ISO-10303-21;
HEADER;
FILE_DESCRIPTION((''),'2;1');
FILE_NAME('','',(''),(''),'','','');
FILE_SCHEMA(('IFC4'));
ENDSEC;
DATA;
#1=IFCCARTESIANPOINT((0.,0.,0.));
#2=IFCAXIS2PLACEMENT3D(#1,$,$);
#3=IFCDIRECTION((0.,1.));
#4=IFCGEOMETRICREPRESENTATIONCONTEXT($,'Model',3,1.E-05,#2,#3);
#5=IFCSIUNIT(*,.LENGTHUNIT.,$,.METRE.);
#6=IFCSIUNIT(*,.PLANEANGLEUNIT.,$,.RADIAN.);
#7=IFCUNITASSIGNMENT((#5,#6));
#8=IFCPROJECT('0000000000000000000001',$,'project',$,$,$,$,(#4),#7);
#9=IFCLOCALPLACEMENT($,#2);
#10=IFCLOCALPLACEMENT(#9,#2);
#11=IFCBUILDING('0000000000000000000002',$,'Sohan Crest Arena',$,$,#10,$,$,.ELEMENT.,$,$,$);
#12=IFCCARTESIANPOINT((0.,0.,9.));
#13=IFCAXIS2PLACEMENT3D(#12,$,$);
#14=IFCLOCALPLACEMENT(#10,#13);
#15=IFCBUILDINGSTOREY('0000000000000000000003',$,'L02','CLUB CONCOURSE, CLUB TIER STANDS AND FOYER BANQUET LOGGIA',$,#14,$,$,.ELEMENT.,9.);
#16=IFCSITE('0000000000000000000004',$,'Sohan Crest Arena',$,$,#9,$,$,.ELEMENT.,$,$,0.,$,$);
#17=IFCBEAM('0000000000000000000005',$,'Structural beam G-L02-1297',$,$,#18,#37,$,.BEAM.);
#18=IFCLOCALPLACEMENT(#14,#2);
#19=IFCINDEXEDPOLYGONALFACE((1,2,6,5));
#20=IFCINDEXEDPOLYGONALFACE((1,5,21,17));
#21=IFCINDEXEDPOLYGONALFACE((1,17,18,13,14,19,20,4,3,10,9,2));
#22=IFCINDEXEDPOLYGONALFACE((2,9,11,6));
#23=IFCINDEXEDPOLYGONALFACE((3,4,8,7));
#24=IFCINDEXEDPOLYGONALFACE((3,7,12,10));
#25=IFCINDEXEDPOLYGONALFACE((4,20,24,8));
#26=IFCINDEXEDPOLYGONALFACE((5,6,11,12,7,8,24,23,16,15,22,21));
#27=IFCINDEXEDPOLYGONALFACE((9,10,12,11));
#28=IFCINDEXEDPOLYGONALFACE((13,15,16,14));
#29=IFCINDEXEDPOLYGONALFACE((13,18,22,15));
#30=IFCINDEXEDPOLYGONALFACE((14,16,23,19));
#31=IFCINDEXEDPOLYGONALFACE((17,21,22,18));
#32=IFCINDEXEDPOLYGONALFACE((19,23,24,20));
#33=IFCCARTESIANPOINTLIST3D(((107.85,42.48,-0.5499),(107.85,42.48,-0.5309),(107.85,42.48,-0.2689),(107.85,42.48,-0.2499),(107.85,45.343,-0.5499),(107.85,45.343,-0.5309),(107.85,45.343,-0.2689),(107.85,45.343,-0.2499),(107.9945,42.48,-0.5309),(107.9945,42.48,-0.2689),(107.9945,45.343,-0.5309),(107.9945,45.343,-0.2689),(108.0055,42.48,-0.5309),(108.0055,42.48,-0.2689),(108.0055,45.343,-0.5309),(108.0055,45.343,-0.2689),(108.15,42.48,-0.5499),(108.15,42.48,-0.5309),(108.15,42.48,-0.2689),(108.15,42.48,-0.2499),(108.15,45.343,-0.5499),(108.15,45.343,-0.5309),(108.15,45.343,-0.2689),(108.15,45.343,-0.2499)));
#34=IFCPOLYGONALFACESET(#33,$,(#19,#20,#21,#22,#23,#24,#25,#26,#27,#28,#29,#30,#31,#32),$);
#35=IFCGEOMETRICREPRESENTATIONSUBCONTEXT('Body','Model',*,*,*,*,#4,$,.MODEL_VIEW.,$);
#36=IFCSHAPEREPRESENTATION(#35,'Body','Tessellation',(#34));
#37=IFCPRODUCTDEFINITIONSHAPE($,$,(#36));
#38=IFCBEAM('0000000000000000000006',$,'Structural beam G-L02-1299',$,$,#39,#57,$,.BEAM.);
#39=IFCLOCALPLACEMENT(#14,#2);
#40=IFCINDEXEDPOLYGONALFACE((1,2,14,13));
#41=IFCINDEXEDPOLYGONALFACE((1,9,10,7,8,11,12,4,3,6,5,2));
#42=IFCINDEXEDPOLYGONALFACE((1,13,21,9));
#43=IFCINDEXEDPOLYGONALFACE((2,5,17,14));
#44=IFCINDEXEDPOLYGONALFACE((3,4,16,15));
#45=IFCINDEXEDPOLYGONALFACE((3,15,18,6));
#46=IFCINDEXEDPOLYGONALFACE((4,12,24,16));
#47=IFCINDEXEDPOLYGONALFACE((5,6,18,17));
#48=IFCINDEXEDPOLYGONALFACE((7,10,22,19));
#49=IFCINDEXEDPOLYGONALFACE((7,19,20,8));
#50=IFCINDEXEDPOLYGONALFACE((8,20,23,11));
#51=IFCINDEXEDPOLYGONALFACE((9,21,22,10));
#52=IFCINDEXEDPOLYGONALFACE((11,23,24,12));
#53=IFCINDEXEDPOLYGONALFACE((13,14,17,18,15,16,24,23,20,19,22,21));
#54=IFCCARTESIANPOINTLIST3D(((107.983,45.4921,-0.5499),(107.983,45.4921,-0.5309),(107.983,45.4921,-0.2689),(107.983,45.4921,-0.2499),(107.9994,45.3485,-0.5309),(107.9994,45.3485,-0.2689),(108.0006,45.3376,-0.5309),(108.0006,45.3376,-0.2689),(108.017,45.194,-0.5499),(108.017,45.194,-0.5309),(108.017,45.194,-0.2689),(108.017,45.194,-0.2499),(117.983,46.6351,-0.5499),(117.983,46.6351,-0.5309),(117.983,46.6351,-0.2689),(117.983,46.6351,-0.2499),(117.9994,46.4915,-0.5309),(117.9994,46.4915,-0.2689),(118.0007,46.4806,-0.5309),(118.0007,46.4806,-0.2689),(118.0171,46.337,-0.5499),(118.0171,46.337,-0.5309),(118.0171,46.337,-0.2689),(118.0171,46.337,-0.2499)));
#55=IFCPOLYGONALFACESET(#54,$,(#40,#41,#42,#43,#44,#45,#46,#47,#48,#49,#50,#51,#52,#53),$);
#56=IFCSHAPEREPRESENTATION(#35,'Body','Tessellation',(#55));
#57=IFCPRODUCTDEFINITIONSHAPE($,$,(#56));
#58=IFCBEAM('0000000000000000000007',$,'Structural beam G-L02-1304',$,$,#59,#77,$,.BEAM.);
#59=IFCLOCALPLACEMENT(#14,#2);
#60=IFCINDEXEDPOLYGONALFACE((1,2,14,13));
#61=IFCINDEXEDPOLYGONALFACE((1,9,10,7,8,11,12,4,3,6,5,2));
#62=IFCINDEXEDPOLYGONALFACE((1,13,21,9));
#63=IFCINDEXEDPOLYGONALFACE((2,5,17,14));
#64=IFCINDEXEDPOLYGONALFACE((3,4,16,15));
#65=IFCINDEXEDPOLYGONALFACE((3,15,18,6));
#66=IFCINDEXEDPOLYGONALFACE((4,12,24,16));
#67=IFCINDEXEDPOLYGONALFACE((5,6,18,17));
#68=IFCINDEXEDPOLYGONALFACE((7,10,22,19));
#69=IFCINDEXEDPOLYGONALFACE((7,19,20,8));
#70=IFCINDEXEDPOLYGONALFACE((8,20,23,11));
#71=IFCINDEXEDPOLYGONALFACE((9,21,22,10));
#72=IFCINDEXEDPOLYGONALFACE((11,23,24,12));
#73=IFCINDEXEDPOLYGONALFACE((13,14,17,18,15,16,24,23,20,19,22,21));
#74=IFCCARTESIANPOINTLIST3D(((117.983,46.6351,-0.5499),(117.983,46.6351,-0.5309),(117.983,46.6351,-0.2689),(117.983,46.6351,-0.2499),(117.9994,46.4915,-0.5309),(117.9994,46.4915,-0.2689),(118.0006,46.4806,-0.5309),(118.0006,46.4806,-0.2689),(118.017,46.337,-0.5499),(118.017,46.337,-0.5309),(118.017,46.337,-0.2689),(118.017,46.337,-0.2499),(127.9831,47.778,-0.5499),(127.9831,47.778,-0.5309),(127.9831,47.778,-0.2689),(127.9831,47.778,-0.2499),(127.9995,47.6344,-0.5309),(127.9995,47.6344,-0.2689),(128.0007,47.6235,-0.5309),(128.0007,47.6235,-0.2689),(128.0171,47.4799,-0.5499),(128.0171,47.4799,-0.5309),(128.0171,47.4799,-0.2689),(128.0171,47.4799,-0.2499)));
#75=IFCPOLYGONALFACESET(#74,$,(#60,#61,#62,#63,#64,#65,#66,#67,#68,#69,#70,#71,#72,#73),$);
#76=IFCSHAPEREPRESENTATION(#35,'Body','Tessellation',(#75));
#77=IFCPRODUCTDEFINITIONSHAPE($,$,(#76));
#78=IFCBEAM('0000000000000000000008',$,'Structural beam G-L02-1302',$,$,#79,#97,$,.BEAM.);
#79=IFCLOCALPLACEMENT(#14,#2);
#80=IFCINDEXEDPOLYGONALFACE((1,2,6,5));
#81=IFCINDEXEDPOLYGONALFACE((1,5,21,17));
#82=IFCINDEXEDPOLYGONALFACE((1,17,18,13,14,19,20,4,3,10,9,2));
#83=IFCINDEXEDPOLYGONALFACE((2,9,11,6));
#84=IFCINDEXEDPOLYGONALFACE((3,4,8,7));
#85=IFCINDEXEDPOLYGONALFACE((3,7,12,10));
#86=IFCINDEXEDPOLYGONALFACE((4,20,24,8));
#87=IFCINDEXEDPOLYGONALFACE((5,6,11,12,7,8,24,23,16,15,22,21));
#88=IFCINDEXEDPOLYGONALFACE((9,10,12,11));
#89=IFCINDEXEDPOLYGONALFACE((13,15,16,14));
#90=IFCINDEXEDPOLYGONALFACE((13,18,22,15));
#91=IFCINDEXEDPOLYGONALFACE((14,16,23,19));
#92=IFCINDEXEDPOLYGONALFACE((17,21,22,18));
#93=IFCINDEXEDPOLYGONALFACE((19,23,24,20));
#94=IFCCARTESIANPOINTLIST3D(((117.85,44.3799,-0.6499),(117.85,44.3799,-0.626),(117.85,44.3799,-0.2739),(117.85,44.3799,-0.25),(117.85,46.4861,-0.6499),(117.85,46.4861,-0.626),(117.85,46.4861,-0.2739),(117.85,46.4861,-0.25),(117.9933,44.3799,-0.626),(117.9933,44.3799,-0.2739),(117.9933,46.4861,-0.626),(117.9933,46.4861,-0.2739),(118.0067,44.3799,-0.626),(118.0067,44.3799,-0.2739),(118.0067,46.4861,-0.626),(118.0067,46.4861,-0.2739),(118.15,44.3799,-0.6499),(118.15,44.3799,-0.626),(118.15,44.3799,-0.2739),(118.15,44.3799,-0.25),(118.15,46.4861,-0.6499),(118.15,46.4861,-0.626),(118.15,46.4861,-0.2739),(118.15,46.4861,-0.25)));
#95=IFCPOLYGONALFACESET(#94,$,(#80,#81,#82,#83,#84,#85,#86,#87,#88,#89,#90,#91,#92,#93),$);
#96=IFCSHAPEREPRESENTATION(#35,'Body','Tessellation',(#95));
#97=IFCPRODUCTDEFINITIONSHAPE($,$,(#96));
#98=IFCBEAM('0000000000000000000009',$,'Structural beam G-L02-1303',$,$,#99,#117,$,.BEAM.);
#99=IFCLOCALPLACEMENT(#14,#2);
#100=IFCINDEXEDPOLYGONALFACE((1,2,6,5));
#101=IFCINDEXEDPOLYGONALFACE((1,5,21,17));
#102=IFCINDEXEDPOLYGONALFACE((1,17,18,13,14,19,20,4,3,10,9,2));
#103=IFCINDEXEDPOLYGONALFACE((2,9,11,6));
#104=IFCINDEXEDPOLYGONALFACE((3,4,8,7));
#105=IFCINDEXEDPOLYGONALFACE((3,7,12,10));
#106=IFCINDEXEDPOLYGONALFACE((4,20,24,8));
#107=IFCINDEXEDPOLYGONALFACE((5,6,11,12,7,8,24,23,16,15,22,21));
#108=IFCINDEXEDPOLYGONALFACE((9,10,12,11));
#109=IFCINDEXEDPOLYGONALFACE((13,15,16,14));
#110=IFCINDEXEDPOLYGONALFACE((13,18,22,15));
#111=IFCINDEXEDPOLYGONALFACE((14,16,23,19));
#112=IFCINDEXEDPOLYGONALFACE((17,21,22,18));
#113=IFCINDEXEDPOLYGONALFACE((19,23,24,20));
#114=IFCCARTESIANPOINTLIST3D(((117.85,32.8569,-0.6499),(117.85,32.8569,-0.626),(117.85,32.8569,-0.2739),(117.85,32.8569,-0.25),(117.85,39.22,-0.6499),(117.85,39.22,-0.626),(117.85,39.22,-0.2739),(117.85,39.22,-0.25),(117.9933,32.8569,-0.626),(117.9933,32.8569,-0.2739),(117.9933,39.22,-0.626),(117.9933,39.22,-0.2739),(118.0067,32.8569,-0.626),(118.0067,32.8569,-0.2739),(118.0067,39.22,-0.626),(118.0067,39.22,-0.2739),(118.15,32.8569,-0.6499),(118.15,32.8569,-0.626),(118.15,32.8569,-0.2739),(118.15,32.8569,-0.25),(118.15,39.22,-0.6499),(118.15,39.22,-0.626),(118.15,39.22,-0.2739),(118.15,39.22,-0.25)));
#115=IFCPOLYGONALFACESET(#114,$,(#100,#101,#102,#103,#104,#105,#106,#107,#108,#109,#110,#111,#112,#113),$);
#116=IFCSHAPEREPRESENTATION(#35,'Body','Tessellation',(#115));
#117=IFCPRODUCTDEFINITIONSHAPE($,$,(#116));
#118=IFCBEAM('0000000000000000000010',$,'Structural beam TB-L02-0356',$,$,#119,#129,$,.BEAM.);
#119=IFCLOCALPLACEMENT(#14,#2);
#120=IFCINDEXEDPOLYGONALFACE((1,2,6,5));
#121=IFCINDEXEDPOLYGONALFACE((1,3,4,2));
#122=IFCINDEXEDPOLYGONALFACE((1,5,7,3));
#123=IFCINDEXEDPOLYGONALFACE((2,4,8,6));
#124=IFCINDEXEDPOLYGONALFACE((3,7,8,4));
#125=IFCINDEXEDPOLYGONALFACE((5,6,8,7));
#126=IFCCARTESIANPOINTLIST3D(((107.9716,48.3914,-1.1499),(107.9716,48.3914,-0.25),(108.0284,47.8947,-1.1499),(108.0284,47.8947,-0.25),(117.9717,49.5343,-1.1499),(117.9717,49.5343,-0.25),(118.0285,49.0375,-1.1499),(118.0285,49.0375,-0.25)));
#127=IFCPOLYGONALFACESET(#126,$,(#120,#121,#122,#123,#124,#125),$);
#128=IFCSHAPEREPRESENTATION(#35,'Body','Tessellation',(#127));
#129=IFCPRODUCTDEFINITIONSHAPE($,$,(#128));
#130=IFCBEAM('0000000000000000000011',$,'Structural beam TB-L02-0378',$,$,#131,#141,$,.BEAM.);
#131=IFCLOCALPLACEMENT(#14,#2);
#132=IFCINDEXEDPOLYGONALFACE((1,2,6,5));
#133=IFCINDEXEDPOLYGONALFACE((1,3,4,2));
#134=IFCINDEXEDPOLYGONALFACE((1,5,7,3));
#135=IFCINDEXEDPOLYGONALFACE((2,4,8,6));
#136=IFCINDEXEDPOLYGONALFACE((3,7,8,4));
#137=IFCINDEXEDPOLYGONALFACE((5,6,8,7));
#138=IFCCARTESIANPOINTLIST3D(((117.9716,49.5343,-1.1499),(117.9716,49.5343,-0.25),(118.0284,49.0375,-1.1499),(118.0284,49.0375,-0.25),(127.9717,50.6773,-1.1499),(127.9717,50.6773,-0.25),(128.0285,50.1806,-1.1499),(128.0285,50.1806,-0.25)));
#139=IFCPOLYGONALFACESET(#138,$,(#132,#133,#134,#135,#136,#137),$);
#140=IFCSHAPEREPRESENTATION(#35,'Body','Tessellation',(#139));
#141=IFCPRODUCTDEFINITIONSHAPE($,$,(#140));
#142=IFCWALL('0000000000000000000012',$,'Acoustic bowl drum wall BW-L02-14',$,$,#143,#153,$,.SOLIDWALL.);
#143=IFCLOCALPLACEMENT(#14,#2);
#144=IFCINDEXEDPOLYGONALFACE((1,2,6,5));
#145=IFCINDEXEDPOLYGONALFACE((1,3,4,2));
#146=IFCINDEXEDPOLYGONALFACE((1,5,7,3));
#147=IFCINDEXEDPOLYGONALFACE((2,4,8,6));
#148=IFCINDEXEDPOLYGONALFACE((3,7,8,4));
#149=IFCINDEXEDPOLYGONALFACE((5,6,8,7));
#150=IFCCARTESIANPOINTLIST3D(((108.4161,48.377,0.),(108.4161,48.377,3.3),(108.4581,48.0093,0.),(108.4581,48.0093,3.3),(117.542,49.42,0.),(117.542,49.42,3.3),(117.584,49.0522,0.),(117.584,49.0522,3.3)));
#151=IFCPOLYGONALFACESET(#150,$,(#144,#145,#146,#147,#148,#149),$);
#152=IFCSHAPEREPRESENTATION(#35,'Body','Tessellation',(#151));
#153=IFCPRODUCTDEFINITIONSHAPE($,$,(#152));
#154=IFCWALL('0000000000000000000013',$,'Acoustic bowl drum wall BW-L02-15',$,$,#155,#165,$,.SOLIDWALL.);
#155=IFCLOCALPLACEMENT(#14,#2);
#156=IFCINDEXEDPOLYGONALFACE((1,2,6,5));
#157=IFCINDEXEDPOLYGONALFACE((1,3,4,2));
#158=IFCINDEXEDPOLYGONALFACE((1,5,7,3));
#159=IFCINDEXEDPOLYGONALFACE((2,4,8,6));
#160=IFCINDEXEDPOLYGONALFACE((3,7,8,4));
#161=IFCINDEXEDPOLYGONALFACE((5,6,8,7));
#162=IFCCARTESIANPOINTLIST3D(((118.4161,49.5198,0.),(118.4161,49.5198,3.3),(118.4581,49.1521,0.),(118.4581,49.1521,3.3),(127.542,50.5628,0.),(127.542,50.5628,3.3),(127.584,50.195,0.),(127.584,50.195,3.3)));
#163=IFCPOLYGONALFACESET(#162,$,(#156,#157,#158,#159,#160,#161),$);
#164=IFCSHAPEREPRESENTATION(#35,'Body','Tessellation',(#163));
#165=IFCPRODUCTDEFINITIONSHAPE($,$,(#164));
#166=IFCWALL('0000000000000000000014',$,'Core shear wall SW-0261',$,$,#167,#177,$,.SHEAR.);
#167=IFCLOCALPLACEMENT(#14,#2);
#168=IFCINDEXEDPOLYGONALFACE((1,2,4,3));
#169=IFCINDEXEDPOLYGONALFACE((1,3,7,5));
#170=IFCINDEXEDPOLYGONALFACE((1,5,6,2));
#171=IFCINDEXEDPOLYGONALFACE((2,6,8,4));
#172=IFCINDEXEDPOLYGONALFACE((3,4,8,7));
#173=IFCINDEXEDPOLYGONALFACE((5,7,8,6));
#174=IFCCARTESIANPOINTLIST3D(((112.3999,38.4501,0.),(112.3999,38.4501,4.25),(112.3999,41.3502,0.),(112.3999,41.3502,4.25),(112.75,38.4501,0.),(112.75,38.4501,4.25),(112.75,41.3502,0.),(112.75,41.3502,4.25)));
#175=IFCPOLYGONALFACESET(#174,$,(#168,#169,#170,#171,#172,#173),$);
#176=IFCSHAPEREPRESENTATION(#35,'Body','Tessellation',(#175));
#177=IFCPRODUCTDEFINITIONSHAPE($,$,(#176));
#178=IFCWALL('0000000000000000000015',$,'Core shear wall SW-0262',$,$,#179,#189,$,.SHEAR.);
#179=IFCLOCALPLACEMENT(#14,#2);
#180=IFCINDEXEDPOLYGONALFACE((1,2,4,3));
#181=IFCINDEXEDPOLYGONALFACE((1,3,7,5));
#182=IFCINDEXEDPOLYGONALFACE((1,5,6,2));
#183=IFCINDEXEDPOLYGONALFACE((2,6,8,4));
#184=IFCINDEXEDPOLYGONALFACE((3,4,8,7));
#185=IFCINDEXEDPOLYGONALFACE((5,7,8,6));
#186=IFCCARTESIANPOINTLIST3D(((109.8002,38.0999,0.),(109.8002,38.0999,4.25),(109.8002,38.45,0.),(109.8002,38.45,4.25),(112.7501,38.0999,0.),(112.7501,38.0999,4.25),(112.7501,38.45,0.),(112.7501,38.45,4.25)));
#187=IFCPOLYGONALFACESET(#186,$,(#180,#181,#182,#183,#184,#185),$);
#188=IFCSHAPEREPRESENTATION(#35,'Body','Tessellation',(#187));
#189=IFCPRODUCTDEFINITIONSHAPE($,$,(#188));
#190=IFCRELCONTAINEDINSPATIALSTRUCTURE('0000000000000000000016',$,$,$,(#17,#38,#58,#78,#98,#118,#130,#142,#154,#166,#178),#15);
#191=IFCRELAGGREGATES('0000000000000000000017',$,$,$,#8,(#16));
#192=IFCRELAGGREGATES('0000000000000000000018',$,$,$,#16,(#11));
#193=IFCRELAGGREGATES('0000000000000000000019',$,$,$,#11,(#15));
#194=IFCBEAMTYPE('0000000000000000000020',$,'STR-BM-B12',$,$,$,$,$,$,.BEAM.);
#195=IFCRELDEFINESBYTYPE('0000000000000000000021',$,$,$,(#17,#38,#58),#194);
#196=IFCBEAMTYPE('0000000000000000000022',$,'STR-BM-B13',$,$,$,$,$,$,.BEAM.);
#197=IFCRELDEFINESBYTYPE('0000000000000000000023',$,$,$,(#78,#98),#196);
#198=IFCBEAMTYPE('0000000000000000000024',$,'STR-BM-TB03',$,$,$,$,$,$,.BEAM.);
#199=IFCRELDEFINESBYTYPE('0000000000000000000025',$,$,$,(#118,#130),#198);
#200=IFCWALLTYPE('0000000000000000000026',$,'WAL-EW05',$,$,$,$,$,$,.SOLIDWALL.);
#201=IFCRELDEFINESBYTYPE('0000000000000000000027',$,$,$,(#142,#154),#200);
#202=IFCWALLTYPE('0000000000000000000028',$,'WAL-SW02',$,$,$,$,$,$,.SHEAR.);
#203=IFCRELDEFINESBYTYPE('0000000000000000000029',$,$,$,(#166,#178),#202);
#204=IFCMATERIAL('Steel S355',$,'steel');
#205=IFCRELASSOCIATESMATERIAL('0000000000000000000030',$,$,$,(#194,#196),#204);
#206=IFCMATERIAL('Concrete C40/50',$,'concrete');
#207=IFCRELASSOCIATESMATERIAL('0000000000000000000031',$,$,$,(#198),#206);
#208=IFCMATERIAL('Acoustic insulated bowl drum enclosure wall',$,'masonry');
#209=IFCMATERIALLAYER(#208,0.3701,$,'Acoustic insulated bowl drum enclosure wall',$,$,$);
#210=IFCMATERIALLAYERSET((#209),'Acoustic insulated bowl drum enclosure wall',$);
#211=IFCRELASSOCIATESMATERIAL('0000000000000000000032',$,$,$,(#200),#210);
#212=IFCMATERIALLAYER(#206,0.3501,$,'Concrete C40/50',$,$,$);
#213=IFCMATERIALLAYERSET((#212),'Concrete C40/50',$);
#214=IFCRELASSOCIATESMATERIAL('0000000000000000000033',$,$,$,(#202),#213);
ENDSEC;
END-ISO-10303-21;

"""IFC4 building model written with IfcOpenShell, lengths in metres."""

from ifc_helpers import new_model, si_unit, direction, frame, frame_2d, origin, origin_2d, place, context, subcontext, project, spatial, rectangle, i_section, extrude, material, layer, layer_set, material_profile, profile_set, type_object, element, save


model = new_model("IFC4")

# Units and contexts
model_context = context("Model", 3, precision=1e-05, world=origin(), true_north=direction((0.0, 1.0)))
body_context = subcontext(model_context, "Body", "Model", "MODEL_VIEW")
ifc_project = project(units=[si_unit("LENGTHUNIT", "METRE"), si_unit("PLANEANGLEUNIT", "RADIAN")], contexts=[model_context])

# Site, building, storey
site_placement = place(None, origin())
site = spatial("IfcSite", under=ifc_project, at=site_placement, Name="Sohan Crest Arena", CompositionType="ELEMENT", RefElevation=0.0)
building_placement = place(site_placement, origin())
building = spatial("IfcBuilding", under=site, at=building_placement, Name="Sohan Crest Arena", CompositionType="ELEMENT")
storey_placement = place(building_placement, frame((0.0, 0.0, 9.0)))
storey = spatial("IfcBuildingStorey", under=building, at=storey_placement, Name="L02", Description="CLUB CONCOURSE, CLUB TIER STANDS AND FOYER BANQUET LOGGIA", CompositionType="ELEMENT", Elevation=9.0)

# Shared definitions
ifc_material_1 = material(Name="Concrete C40/50", Category="concrete")
ifc_material_2 = material(Name="Steel S355", Category="steel")

# Beams
ifc_material_profile_1 = material_profile(ifc_material_2, i_section(OverallWidth=0.3, OverallDepth=0.3, WebThickness=0.011, FlangeThickness=0.019, at=origin_2d()), Name="HEB 300")
ifc_profile_set_1 = profile_set([ifc_material_profile_1], Name="Steel S355")
beam_type_1 = type_object("IfcBeamType", Name="STR-BM-B12", PredefinedType="BEAM", material=ifc_profile_set_1)
beam_1_placement = place(storey_placement, frame((108.0, 45.343, -0.3999), z_axis=(0.0, -1.0, 0.0), x_axis=(1.0, 0.0, 0.0)))
element("IfcBeam", 1, at=beam_1_placement, inside=storey, type_object=beam_type_1, Name="Structural beam G-L02-1297", PredefinedType="BEAM", context=body_context, shape_type="SweptSolid", body=[
    extrude(i_section(OverallWidth=0.3, OverallDepth=0.3, WebThickness=0.011, FlangeThickness=0.019, at=origin_2d()), origin(), (0.0, 0.0, 1.0), 2.863),
])
for number, where, z_axis, x_axis, name in (
    (2, (108.0, 45.343, -0.3999), (0.99353, 0.113567, 0.0), (-0.113567, 0.99353, 0.0), "Structural beam G-L02-1299"),
    (3, (118.0, 46.4861, -0.3999), (0.993533, 0.113543, 0.0), (-0.113543, 0.993533, 0.0), "Structural beam G-L02-1304"),
):
    element("IfcBeam", number, at=place(storey_placement, frame(where, z_axis=z_axis, x_axis=x_axis)), inside=storey, type_object=beam_type_1, Name=name, PredefinedType="BEAM", context=body_context, shape_type="SweptSolid", body=[
        extrude(i_section(OverallWidth=0.3, OverallDepth=0.3, WebThickness=0.011, FlangeThickness=0.019, at=origin_2d()), origin(), (0.0, 0.0, 1.0), 10.0652),
    ])
ifc_material_profile_2 = material_profile(ifc_material_2, i_section(OverallWidth=0.3, OverallDepth=0.3999, WebThickness=0.0134, FlangeThickness=0.0239, at=origin_2d()), Name="HEB 400")
ifc_profile_set_2 = profile_set([ifc_material_profile_2], Name="Steel S355")
beam_type_2 = type_object("IfcBeamType", Name="STR-BM-B13", PredefinedType="BEAM", material=ifc_profile_set_2)
beam_2_placement = place(storey_placement, frame((118.0, 46.4861, -0.45), z_axis=(0.0, -1.0, 0.0), x_axis=(1.0, 0.0, 0.0)))
element("IfcBeam", 4, at=beam_2_placement, inside=storey, type_object=beam_type_2, Name="Structural beam G-L02-1302", PredefinedType="BEAM", context=body_context, shape_type="SweptSolid", body=[
    extrude(i_section(OverallWidth=0.3, OverallDepth=0.3999, WebThickness=0.0134, FlangeThickness=0.0239, at=origin_2d()), origin(), (0.0, 0.0, 1.0), 2.1062),
])
beam_3_placement = place(storey_placement, frame((118.0, 39.22, -0.45), z_axis=(0.0, -1.0, 0.0), x_axis=(1.0, 0.0, 0.0)))
element("IfcBeam", 5, at=beam_3_placement, inside=storey, type_object=beam_type_2, Name="Structural beam G-L02-1303", PredefinedType="BEAM", context=body_context, shape_type="SweptSolid", body=[
    extrude(i_section(OverallWidth=0.3, OverallDepth=0.3999, WebThickness=0.0134, FlangeThickness=0.0239, at=origin_2d()), origin(), (0.0, 0.0, 1.0), 6.363),
])
ifc_material_profile_3 = material_profile(ifc_material_1, rectangle(XDim=0.5, YDim=0.8999, at=origin_2d()), Name="RC-BM 500x900")
ifc_profile_set_3 = profile_set([ifc_material_profile_3], Name="Concrete C40/50")
beam_type_3 = type_object("IfcBeamType", Name="STR-BM-TB03", PredefinedType="BEAM", material=ifc_profile_set_3)
for number, where, z_axis, x_axis, name in (
    (6, (108.0, 48.1431, -0.7), (0.993533, 0.113543, 0.0), (-0.113543, 0.993533, 0.0), "Structural beam TB-L02-0356"),
    (7, (118.0, 49.2859, -0.7), (0.99353, 0.113567, 0.0), (-0.113567, 0.99353, 0.0), "Structural beam TB-L02-0378"),
):
    element("IfcBeam", number, at=place(storey_placement, frame(where, z_axis=z_axis, x_axis=x_axis)), inside=storey, type_object=beam_type_3, Name=name, PredefinedType="BEAM", context=body_context, shape_type="SweptSolid", body=[
        extrude(rectangle(XDim=0.5, YDim=0.8999, at=origin_2d()), origin(), (0.0, 0.0, 1.0), 10.0652),
    ])

# Walls
ifc_material_3 = material(Name="Acoustic insulated bowl drum enclosure wall", Category="masonry")
ifc_layer_1 = layer(ifc_material_3, 0.3701, Name="Acoustic insulated bowl drum enclosure wall")
ifc_layer_set_1 = layer_set([ifc_layer_1], Name="Acoustic insulated bowl drum enclosure wall")
wall_type_1 = type_object("IfcWallType", Name="WAL-EW05", PredefinedType="SOLIDWALL", material=ifc_layer_set_1)
for number, where, z_axis, x_axis, name in (
    (8, (108.437, 48.1931, 0.0), (0.0, 0.0, 1.0), (0.993533, 0.113547, 0.0), "Acoustic bowl drum wall BW-L02-14"),
    (9, (118.437, 49.3359, 0.0), (0.0, 0.0, 1.0), (0.993533, 0.113547, 0.0), "Acoustic bowl drum wall BW-L02-15"),
):
    element("IfcWall", number, at=place(storey_placement, frame(where, z_axis=z_axis, x_axis=x_axis)), inside=storey, type_object=wall_type_1, Name=name, PredefinedType="SOLIDWALL", context=body_context, shape_type="SweptSolid", body=[
        extrude(rectangle(XDim=9.1853, YDim=0.3701, at=frame_2d((4.5928, 0.0))), origin(), (0.0, 0.0, 1.0), 3.3),
    ])
ifc_layer_2 = layer(ifc_material_1, 0.3501, Name="Concrete C40/50")
ifc_layer_set_2 = layer_set([ifc_layer_2], Name="Concrete C40/50")
wall_type_2 = type_object("IfcWallType", Name="WAL-SW02", PredefinedType="SHEAR", material=ifc_layer_set_2)
wall_1_placement = place(storey_placement, frame((112.575, 38.45, 0.0), z_axis=(0.0, 0.0, 1.0), x_axis=(0.0, 1.0, 0.0)))
element("IfcWall", 10, at=wall_1_placement, inside=storey, type_object=wall_type_2, Name="Core shear wall SW-0261", PredefinedType="SHEAR", context=body_context, shape_type="SweptSolid", body=[
    extrude(rectangle(XDim=2.9001, YDim=0.3501, at=frame_2d((1.4502, 0.0))), origin(), (0.0, 0.0, 1.0), 4.25),
])
wall_2_placement = place(storey_placement, frame((109.8, 38.2749, 0.0), z_axis=(0.0, 0.0, 1.0), x_axis=(1.0, 0.0, 0.0)))
element("IfcWall", 11, at=wall_2_placement, inside=storey, type_object=wall_type_2, Name="Core shear wall SW-0262", PredefinedType="SHEAR", context=body_context, shape_type="SweptSolid", body=[
    extrude(rectangle(XDim=2.95, YDim=0.3501, at=frame_2d((1.4751, 0.0))), origin(), (0.0, 0.0, 1.0), 4.25),
])

save(model, "model.ifc")
